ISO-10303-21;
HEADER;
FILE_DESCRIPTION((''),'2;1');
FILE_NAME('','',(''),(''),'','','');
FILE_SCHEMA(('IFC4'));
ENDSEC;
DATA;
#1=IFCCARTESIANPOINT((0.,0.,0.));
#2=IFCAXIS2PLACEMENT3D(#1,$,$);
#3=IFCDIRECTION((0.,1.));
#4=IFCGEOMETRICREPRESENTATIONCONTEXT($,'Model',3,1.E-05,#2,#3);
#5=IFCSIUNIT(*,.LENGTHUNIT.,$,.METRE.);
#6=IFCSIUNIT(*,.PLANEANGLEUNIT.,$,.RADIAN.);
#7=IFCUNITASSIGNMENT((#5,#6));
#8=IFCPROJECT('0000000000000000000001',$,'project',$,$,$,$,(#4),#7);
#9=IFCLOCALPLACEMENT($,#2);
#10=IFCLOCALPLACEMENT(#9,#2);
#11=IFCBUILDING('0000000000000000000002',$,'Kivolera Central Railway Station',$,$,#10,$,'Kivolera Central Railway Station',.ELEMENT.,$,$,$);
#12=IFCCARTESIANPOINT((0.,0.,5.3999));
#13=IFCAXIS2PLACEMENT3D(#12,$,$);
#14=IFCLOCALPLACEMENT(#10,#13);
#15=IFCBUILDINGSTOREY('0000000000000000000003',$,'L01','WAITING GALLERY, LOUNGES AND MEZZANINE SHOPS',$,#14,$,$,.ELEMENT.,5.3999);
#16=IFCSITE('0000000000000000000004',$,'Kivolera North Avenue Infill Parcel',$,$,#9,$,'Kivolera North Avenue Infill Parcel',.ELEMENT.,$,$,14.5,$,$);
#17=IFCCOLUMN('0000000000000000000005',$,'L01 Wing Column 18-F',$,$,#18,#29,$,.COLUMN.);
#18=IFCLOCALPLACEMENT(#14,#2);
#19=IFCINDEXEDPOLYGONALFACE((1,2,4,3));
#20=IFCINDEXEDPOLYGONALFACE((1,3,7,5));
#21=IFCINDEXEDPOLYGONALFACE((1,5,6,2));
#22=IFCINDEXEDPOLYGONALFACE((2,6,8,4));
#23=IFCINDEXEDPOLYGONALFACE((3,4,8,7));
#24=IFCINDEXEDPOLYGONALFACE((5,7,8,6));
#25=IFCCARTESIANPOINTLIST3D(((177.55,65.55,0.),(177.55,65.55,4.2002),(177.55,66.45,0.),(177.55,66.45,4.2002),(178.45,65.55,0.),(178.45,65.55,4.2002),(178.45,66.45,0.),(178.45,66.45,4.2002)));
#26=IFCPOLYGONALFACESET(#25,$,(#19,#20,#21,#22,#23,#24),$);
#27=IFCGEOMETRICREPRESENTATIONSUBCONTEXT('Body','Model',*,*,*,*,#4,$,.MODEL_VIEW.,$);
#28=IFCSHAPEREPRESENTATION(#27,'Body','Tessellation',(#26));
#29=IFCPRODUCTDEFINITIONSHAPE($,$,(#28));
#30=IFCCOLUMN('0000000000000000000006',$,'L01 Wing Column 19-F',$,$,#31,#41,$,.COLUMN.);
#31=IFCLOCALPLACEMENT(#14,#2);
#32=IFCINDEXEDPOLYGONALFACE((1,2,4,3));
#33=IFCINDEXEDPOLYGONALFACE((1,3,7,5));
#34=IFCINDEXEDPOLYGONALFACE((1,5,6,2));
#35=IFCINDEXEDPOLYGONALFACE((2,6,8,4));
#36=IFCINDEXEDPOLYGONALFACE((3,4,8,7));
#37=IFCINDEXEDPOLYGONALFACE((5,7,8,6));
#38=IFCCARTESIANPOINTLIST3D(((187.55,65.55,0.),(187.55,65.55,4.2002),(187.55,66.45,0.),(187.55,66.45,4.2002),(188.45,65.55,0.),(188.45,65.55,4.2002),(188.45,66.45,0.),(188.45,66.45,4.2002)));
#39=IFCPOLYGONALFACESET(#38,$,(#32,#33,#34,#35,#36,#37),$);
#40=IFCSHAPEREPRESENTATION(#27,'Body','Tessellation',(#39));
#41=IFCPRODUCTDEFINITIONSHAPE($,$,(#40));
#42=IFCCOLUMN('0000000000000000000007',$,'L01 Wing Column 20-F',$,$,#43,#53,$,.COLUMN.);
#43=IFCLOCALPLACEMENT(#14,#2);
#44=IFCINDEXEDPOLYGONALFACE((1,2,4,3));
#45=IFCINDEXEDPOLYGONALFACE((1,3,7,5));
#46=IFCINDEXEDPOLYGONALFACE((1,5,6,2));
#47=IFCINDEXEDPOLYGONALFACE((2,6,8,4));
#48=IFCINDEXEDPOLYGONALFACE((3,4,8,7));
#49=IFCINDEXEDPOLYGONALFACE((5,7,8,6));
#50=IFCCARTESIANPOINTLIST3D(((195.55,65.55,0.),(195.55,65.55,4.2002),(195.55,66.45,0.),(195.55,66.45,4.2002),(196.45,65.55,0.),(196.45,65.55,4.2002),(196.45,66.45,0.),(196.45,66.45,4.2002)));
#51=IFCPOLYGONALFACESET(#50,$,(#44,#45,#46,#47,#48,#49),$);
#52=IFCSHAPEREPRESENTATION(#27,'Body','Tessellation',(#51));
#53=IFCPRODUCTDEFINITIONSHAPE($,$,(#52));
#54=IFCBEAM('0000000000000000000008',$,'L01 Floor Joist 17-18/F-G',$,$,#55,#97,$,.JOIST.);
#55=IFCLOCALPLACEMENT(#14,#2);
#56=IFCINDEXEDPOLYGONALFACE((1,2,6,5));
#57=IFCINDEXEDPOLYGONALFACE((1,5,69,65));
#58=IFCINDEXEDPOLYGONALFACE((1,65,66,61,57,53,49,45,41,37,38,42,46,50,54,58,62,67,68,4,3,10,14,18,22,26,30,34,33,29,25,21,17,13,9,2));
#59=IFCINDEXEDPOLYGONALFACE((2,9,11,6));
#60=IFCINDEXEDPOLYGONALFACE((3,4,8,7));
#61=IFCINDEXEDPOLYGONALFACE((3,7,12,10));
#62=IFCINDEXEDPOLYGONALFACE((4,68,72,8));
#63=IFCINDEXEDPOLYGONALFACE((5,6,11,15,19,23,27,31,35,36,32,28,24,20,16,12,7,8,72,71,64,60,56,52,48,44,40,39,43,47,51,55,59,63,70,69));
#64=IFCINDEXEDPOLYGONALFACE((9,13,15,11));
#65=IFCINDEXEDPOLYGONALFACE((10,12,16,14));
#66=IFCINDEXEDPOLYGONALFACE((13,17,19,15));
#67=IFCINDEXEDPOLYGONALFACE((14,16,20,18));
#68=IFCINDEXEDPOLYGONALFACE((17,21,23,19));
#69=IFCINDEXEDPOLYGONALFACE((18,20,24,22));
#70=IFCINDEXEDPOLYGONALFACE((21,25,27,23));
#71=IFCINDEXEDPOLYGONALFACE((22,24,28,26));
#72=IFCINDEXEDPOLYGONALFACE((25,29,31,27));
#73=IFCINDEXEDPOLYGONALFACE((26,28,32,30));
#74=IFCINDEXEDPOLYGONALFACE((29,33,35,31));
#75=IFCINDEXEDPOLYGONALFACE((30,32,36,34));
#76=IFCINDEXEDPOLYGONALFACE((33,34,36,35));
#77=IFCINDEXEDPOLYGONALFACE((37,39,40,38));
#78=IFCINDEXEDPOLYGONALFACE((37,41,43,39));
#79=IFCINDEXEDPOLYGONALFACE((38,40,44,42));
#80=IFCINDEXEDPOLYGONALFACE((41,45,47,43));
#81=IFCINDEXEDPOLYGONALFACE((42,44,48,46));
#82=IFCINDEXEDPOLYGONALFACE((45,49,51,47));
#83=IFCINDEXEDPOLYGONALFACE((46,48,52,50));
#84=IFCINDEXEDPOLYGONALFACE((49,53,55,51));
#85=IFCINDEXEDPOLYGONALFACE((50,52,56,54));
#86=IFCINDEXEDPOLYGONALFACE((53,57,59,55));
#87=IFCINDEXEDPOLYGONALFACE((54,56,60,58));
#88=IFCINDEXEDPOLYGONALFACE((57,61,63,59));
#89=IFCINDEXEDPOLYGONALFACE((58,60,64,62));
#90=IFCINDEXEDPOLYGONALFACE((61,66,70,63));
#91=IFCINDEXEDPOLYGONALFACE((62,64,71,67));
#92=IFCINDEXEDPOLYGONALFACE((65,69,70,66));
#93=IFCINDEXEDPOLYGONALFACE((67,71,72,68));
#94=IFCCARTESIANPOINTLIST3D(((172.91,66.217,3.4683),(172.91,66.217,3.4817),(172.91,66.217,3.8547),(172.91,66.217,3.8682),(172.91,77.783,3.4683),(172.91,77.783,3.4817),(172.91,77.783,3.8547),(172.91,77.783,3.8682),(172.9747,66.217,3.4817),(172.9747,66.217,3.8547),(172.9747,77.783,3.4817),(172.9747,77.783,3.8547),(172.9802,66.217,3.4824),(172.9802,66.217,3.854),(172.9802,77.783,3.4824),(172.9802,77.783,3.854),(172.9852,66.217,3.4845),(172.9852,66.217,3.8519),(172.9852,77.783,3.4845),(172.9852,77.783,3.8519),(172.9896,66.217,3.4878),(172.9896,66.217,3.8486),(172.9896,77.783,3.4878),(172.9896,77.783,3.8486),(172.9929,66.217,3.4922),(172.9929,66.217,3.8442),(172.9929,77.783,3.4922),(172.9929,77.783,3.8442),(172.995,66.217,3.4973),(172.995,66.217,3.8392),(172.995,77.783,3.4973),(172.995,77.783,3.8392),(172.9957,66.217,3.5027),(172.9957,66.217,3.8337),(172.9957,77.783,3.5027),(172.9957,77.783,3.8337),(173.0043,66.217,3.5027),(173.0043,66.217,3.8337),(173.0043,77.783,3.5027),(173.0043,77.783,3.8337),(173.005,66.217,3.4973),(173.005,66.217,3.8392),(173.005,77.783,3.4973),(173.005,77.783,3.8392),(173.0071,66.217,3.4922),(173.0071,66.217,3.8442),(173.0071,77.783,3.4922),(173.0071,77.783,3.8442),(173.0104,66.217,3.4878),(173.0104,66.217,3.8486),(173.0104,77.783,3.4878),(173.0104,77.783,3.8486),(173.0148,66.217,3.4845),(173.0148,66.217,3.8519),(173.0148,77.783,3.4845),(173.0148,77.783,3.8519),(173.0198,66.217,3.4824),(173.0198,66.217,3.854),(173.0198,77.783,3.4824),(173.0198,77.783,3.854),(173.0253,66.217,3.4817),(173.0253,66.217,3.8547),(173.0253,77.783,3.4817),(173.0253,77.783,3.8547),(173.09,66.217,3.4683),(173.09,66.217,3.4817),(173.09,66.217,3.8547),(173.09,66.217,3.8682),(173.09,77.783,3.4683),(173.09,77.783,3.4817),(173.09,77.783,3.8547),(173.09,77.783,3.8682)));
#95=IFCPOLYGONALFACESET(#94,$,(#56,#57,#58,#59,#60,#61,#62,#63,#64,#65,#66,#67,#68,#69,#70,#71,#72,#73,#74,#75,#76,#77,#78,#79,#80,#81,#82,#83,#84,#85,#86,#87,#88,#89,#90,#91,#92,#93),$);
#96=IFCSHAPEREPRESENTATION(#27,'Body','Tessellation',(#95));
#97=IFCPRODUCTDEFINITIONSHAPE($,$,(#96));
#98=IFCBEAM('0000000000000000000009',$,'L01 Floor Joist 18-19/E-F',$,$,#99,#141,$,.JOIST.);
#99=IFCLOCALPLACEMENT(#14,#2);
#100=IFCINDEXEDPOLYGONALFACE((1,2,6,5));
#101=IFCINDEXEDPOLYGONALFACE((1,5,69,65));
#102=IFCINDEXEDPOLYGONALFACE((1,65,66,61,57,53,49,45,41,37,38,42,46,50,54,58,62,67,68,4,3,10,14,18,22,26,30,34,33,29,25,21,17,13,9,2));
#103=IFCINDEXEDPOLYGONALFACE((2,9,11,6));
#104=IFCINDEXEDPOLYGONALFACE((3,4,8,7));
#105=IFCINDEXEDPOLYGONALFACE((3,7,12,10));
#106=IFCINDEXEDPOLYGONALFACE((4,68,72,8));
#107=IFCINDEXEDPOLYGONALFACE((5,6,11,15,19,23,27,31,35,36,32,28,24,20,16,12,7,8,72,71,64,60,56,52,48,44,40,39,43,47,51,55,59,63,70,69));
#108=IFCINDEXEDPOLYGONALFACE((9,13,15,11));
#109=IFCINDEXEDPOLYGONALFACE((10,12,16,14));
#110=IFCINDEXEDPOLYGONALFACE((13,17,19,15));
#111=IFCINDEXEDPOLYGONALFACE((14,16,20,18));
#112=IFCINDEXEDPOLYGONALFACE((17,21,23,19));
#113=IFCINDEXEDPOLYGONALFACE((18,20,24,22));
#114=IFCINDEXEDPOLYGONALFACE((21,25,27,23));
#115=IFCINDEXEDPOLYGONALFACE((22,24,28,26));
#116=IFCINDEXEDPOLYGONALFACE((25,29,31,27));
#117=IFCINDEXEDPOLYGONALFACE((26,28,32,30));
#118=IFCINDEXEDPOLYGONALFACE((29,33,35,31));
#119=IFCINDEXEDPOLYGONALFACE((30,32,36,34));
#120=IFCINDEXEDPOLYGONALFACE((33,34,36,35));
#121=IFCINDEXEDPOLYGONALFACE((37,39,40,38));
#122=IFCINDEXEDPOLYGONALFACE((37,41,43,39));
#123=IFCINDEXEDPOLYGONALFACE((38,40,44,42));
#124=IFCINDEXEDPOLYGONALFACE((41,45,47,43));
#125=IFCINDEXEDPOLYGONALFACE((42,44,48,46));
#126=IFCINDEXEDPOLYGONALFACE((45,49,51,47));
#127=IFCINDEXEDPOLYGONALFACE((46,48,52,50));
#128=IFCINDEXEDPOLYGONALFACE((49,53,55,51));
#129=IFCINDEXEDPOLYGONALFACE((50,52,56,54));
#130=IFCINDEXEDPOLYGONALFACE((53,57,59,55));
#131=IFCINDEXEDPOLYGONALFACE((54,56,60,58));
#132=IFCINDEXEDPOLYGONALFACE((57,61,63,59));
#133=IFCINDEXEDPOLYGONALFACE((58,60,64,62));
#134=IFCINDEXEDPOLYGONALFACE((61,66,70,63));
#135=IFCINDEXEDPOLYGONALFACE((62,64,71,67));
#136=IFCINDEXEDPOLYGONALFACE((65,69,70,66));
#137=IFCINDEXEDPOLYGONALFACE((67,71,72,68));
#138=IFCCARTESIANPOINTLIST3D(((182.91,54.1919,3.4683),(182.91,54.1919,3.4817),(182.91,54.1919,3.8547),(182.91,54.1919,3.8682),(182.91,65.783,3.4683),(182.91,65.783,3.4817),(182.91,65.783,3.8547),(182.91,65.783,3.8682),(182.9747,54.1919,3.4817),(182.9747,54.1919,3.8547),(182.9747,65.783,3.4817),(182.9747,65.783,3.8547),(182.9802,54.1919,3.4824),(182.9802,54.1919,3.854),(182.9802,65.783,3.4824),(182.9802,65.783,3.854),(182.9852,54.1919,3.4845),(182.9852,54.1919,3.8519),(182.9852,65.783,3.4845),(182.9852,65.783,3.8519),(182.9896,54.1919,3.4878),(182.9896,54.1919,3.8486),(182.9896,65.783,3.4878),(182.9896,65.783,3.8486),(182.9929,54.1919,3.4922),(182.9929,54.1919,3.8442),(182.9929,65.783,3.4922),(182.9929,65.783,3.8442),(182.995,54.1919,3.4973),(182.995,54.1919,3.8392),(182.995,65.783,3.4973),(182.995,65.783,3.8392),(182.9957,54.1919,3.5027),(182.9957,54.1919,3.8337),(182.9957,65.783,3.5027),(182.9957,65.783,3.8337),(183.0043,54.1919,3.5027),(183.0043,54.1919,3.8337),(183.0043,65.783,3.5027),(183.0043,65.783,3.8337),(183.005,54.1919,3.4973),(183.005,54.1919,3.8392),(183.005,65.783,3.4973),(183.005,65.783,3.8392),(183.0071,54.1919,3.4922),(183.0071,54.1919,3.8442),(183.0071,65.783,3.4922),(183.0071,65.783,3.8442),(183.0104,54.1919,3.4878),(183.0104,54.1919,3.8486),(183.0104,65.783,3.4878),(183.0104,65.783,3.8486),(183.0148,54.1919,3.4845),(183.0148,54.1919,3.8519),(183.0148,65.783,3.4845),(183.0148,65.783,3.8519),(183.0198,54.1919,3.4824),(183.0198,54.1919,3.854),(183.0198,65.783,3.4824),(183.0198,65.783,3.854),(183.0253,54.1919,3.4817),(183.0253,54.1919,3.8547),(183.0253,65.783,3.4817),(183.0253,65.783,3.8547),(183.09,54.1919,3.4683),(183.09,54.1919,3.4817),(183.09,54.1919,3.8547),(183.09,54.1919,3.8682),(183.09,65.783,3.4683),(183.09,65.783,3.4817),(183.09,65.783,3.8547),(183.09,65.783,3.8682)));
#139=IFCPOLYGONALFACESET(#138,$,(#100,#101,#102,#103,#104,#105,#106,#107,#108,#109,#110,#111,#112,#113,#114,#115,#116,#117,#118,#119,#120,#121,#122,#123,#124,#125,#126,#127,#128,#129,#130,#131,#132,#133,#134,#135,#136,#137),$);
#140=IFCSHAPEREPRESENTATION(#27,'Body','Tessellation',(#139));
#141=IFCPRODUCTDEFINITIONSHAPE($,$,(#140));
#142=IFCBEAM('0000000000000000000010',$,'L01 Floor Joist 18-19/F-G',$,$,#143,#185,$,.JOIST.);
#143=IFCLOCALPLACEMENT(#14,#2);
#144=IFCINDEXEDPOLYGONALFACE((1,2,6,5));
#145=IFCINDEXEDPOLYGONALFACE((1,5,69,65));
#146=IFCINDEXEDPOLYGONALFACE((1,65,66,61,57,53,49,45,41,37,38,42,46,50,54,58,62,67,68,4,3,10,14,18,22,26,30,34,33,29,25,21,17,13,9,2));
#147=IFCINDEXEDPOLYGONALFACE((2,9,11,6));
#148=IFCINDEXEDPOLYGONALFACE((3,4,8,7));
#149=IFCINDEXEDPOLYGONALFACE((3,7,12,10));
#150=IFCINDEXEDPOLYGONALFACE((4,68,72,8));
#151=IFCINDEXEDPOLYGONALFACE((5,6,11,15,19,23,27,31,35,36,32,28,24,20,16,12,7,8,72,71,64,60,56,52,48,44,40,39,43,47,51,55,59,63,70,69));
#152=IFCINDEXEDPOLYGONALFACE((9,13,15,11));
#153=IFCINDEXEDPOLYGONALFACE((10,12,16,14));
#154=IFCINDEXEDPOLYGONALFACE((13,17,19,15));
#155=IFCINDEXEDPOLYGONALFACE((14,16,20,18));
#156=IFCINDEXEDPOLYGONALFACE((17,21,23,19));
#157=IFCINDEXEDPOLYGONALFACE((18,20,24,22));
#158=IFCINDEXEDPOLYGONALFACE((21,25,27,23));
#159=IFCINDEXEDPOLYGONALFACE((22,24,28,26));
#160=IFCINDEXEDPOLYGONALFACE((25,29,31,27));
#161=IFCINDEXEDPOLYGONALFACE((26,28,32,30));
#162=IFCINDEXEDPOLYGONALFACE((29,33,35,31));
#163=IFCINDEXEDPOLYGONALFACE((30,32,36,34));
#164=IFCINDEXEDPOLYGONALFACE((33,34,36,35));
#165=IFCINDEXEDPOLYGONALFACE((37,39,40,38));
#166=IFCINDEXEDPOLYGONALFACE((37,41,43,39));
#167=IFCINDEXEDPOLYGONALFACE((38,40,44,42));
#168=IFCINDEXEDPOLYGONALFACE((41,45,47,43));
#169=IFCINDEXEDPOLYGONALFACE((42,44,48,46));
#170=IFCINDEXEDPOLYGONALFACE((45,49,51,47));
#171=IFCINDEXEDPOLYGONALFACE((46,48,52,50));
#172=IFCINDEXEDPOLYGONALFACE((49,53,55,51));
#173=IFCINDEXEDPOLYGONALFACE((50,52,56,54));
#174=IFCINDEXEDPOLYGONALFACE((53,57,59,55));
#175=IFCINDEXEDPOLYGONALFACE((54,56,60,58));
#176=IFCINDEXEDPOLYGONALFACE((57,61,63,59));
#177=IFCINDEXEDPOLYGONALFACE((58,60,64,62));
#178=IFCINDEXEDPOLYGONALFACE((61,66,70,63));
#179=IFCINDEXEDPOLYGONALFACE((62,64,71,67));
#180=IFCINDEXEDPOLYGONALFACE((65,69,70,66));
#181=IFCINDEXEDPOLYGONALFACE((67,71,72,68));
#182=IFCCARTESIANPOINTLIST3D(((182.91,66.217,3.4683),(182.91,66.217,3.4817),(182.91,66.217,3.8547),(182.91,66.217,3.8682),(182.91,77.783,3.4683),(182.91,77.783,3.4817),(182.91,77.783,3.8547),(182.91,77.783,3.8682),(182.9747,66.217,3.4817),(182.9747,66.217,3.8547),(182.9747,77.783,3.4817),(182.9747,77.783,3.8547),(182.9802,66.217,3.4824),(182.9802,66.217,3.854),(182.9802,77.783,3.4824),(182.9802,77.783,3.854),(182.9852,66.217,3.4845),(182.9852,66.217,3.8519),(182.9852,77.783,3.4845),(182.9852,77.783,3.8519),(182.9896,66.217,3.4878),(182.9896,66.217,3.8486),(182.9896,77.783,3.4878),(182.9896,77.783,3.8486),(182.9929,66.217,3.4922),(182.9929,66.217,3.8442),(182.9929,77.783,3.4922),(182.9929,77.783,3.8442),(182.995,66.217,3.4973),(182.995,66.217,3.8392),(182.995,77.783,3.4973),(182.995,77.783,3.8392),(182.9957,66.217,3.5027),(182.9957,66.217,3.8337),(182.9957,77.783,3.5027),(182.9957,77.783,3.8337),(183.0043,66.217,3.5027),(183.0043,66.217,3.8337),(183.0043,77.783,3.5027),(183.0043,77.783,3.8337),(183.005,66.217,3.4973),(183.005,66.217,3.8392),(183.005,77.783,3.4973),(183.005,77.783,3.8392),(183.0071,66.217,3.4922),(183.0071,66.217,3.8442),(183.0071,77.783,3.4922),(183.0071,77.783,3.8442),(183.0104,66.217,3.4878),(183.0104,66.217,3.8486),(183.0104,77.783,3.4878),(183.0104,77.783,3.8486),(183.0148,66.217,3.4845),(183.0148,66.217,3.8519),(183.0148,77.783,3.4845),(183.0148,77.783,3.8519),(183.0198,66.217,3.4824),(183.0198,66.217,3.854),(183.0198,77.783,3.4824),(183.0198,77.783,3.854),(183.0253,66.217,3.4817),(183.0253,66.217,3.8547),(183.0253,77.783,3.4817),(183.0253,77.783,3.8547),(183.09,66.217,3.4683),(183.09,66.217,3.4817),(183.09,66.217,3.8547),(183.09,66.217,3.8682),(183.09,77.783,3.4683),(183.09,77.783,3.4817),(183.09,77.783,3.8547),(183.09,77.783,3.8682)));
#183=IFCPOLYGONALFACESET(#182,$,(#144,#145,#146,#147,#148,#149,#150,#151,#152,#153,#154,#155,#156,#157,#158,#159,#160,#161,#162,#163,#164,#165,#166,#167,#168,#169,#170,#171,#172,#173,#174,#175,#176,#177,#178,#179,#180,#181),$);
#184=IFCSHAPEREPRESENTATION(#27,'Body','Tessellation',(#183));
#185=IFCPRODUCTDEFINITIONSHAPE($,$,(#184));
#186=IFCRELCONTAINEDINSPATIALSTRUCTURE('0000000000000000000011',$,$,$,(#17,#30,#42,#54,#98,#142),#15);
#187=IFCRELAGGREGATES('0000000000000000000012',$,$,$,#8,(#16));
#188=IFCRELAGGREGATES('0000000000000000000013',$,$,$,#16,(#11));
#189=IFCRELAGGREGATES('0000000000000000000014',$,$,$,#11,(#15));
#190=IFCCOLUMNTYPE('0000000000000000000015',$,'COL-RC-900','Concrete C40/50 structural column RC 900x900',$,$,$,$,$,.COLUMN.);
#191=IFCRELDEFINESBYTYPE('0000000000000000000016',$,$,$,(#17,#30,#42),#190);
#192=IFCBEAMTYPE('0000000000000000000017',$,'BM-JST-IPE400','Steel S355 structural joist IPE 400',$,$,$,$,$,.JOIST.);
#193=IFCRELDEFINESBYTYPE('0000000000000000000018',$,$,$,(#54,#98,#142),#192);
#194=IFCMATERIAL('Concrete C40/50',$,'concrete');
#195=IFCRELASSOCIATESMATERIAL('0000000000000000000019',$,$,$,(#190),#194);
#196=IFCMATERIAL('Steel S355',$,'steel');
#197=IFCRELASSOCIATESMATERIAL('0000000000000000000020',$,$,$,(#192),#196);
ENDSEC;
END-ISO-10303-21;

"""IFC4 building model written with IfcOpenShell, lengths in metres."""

from ifc_helpers import new_model, si_unit, direction, frame, origin, origin_2d, place, context, subcontext, project, spatial, rectangle, i_section, extrude, material, material_profile, profile_set, type_object, element, save


model = new_model("IFC4")

# Units and contexts
model_context = context("Model", 3, precision=1e-05, world=origin(), true_north=direction((0.0, 1.0)))
body_context = subcontext(model_context, "Body", "Model", "MODEL_VIEW")
ifc_project = project(units=[si_unit("LENGTHUNIT", "METRE"), si_unit("PLANEANGLEUNIT", "RADIAN")], contexts=[model_context])

# Site, building, storey
site_placement = place(None, origin())
site = spatial("IfcSite", under=ifc_project, at=site_placement, Name="Kivolera North Avenue Infill Parcel", LongName="Kivolera North Avenue Infill Parcel", CompositionType="ELEMENT", RefElevation=14.5)
building_placement = place(site_placement, origin())
building = spatial("IfcBuilding", under=site, at=building_placement, Name="Kivolera Central Railway Station", LongName="Kivolera Central Railway Station", CompositionType="ELEMENT")
storey_placement = place(building_placement, frame((0.0, 0.0, 5.3999)))
storey = spatial("IfcBuildingStorey", under=building, at=storey_placement, Name="L01", Description="WAITING GALLERY, LOUNGES AND MEZZANINE SHOPS", CompositionType="ELEMENT", Elevation=5.3999)

# Columns
ifc_material_1 = material(Name="Concrete C40/50", Category="concrete")
ifc_material_profile_1 = material_profile(ifc_material_1, rectangle(XDim=0.8999, YDim=0.8999, at=origin_2d()), Name="RC 900x900")
ifc_profile_set_1 = profile_set([ifc_material_profile_1], Name="Concrete C40/50")
column_type = type_object("IfcColumnType", Name="COL-RC-900", Description="Concrete C40/50 structural column RC 900x900", PredefinedType="COLUMN", material=ifc_profile_set_1)
for number, where, z_axis, x_axis, name in (
    (1, (178.0, 66.0, 0.0), (0.0, 0.0, 1.0), (1.0, 0.0, 0.0), "L01 Wing Column 18-F"),
    (2, (188.0, 66.0, 0.0), (0.0, 0.0, 1.0), (1.0, 0.0, 0.0), "L01 Wing Column 19-F"),
    (3, (196.0, 66.0, 0.0), (0.0, 0.0, 1.0), (1.0, 0.0, 0.0), "L01 Wing Column 20-F"),
):
    element("IfcColumn", number, at=place(storey_placement, frame(where, z_axis=z_axis, x_axis=x_axis)), inside=storey, type_object=column_type, Name=name, PredefinedType="COLUMN", context=body_context, shape_type="SweptSolid", body=[
        extrude(rectangle(XDim=0.8999, YDim=0.8999, at=origin_2d()), origin(), (0.0, 0.0, 1.0), 4.2002),
    ])

# Beams
ifc_material_2 = material(Name="Steel S355", Category="steel")
ifc_material_profile_2 = material_profile(ifc_material_2, i_section(OverallWidth=0.1799, OverallDepth=0.3999, WebThickness=0.0085, FlangeThickness=0.0134, FilletRadius=0.021, at=origin_2d()), Name="IPE 400")
ifc_profile_set_2 = profile_set([ifc_material_profile_2], Name="Steel S355")
beam_type_1 = type_object("IfcBeamType", Name="BM-JST-IPE400", Description="Steel S355 structural joist IPE 400", PredefinedType="JOIST", material=ifc_profile_set_2)
beam_1_placement = place(storey_placement, frame((173.0, 66.217, 3.6682), z_axis=(0.0, 1.0, 0.0), x_axis=(-1.0, 0.0, 0.0)))
element("IfcBeam", 4, at=beam_1_placement, inside=storey, type_object=beam_type_1, Name="L01 Floor Joist 17-18/F-G", PredefinedType="JOIST", context=body_context, shape_type="SweptSolid", body=[
    extrude(i_section(OverallWidth=0.1799, OverallDepth=0.3999, WebThickness=0.0085, FlangeThickness=0.0134, FilletRadius=0.021, at=origin_2d()), origin(), (0.0, 0.0, 1.0), 11.5659),
])
beam_2_placement = place(storey_placement, frame((183.0, 54.1919, 3.6682), z_axis=(0.0, 1.0, 0.0), x_axis=(-1.0, 0.0, 0.0)))
element("IfcBeam", 5, at=beam_2_placement, inside=storey, type_object=beam_type_1, Name="L01 Floor Joist 18-19/E-F", PredefinedType="JOIST", context=body_context, shape_type="SweptSolid", body=[
    extrude(i_section(OverallWidth=0.1799, OverallDepth=0.3999, WebThickness=0.0085, FlangeThickness=0.0134, FilletRadius=0.021, at=origin_2d()), origin(), (0.0, 0.0, 1.0), 11.5911),
])
beam_3_placement = place(storey_placement, frame((183.0, 66.217, 3.6682), z_axis=(0.0, 1.0, 0.0), x_axis=(-1.0, 0.0, 0.0)))
element("IfcBeam", 6, at=beam_3_placement, inside=storey, type_object=beam_type_1, Name="L01 Floor Joist 18-19/F-G", PredefinedType="JOIST", context=body_context, shape_type="SweptSolid", body=[
    extrude(i_section(OverallWidth=0.1799, OverallDepth=0.3999, WebThickness=0.0085, FlangeThickness=0.0134, FilletRadius=0.021, at=origin_2d()), origin(), (0.0, 0.0, 1.0), 11.5659),
])

save(model, "model.ifc")
